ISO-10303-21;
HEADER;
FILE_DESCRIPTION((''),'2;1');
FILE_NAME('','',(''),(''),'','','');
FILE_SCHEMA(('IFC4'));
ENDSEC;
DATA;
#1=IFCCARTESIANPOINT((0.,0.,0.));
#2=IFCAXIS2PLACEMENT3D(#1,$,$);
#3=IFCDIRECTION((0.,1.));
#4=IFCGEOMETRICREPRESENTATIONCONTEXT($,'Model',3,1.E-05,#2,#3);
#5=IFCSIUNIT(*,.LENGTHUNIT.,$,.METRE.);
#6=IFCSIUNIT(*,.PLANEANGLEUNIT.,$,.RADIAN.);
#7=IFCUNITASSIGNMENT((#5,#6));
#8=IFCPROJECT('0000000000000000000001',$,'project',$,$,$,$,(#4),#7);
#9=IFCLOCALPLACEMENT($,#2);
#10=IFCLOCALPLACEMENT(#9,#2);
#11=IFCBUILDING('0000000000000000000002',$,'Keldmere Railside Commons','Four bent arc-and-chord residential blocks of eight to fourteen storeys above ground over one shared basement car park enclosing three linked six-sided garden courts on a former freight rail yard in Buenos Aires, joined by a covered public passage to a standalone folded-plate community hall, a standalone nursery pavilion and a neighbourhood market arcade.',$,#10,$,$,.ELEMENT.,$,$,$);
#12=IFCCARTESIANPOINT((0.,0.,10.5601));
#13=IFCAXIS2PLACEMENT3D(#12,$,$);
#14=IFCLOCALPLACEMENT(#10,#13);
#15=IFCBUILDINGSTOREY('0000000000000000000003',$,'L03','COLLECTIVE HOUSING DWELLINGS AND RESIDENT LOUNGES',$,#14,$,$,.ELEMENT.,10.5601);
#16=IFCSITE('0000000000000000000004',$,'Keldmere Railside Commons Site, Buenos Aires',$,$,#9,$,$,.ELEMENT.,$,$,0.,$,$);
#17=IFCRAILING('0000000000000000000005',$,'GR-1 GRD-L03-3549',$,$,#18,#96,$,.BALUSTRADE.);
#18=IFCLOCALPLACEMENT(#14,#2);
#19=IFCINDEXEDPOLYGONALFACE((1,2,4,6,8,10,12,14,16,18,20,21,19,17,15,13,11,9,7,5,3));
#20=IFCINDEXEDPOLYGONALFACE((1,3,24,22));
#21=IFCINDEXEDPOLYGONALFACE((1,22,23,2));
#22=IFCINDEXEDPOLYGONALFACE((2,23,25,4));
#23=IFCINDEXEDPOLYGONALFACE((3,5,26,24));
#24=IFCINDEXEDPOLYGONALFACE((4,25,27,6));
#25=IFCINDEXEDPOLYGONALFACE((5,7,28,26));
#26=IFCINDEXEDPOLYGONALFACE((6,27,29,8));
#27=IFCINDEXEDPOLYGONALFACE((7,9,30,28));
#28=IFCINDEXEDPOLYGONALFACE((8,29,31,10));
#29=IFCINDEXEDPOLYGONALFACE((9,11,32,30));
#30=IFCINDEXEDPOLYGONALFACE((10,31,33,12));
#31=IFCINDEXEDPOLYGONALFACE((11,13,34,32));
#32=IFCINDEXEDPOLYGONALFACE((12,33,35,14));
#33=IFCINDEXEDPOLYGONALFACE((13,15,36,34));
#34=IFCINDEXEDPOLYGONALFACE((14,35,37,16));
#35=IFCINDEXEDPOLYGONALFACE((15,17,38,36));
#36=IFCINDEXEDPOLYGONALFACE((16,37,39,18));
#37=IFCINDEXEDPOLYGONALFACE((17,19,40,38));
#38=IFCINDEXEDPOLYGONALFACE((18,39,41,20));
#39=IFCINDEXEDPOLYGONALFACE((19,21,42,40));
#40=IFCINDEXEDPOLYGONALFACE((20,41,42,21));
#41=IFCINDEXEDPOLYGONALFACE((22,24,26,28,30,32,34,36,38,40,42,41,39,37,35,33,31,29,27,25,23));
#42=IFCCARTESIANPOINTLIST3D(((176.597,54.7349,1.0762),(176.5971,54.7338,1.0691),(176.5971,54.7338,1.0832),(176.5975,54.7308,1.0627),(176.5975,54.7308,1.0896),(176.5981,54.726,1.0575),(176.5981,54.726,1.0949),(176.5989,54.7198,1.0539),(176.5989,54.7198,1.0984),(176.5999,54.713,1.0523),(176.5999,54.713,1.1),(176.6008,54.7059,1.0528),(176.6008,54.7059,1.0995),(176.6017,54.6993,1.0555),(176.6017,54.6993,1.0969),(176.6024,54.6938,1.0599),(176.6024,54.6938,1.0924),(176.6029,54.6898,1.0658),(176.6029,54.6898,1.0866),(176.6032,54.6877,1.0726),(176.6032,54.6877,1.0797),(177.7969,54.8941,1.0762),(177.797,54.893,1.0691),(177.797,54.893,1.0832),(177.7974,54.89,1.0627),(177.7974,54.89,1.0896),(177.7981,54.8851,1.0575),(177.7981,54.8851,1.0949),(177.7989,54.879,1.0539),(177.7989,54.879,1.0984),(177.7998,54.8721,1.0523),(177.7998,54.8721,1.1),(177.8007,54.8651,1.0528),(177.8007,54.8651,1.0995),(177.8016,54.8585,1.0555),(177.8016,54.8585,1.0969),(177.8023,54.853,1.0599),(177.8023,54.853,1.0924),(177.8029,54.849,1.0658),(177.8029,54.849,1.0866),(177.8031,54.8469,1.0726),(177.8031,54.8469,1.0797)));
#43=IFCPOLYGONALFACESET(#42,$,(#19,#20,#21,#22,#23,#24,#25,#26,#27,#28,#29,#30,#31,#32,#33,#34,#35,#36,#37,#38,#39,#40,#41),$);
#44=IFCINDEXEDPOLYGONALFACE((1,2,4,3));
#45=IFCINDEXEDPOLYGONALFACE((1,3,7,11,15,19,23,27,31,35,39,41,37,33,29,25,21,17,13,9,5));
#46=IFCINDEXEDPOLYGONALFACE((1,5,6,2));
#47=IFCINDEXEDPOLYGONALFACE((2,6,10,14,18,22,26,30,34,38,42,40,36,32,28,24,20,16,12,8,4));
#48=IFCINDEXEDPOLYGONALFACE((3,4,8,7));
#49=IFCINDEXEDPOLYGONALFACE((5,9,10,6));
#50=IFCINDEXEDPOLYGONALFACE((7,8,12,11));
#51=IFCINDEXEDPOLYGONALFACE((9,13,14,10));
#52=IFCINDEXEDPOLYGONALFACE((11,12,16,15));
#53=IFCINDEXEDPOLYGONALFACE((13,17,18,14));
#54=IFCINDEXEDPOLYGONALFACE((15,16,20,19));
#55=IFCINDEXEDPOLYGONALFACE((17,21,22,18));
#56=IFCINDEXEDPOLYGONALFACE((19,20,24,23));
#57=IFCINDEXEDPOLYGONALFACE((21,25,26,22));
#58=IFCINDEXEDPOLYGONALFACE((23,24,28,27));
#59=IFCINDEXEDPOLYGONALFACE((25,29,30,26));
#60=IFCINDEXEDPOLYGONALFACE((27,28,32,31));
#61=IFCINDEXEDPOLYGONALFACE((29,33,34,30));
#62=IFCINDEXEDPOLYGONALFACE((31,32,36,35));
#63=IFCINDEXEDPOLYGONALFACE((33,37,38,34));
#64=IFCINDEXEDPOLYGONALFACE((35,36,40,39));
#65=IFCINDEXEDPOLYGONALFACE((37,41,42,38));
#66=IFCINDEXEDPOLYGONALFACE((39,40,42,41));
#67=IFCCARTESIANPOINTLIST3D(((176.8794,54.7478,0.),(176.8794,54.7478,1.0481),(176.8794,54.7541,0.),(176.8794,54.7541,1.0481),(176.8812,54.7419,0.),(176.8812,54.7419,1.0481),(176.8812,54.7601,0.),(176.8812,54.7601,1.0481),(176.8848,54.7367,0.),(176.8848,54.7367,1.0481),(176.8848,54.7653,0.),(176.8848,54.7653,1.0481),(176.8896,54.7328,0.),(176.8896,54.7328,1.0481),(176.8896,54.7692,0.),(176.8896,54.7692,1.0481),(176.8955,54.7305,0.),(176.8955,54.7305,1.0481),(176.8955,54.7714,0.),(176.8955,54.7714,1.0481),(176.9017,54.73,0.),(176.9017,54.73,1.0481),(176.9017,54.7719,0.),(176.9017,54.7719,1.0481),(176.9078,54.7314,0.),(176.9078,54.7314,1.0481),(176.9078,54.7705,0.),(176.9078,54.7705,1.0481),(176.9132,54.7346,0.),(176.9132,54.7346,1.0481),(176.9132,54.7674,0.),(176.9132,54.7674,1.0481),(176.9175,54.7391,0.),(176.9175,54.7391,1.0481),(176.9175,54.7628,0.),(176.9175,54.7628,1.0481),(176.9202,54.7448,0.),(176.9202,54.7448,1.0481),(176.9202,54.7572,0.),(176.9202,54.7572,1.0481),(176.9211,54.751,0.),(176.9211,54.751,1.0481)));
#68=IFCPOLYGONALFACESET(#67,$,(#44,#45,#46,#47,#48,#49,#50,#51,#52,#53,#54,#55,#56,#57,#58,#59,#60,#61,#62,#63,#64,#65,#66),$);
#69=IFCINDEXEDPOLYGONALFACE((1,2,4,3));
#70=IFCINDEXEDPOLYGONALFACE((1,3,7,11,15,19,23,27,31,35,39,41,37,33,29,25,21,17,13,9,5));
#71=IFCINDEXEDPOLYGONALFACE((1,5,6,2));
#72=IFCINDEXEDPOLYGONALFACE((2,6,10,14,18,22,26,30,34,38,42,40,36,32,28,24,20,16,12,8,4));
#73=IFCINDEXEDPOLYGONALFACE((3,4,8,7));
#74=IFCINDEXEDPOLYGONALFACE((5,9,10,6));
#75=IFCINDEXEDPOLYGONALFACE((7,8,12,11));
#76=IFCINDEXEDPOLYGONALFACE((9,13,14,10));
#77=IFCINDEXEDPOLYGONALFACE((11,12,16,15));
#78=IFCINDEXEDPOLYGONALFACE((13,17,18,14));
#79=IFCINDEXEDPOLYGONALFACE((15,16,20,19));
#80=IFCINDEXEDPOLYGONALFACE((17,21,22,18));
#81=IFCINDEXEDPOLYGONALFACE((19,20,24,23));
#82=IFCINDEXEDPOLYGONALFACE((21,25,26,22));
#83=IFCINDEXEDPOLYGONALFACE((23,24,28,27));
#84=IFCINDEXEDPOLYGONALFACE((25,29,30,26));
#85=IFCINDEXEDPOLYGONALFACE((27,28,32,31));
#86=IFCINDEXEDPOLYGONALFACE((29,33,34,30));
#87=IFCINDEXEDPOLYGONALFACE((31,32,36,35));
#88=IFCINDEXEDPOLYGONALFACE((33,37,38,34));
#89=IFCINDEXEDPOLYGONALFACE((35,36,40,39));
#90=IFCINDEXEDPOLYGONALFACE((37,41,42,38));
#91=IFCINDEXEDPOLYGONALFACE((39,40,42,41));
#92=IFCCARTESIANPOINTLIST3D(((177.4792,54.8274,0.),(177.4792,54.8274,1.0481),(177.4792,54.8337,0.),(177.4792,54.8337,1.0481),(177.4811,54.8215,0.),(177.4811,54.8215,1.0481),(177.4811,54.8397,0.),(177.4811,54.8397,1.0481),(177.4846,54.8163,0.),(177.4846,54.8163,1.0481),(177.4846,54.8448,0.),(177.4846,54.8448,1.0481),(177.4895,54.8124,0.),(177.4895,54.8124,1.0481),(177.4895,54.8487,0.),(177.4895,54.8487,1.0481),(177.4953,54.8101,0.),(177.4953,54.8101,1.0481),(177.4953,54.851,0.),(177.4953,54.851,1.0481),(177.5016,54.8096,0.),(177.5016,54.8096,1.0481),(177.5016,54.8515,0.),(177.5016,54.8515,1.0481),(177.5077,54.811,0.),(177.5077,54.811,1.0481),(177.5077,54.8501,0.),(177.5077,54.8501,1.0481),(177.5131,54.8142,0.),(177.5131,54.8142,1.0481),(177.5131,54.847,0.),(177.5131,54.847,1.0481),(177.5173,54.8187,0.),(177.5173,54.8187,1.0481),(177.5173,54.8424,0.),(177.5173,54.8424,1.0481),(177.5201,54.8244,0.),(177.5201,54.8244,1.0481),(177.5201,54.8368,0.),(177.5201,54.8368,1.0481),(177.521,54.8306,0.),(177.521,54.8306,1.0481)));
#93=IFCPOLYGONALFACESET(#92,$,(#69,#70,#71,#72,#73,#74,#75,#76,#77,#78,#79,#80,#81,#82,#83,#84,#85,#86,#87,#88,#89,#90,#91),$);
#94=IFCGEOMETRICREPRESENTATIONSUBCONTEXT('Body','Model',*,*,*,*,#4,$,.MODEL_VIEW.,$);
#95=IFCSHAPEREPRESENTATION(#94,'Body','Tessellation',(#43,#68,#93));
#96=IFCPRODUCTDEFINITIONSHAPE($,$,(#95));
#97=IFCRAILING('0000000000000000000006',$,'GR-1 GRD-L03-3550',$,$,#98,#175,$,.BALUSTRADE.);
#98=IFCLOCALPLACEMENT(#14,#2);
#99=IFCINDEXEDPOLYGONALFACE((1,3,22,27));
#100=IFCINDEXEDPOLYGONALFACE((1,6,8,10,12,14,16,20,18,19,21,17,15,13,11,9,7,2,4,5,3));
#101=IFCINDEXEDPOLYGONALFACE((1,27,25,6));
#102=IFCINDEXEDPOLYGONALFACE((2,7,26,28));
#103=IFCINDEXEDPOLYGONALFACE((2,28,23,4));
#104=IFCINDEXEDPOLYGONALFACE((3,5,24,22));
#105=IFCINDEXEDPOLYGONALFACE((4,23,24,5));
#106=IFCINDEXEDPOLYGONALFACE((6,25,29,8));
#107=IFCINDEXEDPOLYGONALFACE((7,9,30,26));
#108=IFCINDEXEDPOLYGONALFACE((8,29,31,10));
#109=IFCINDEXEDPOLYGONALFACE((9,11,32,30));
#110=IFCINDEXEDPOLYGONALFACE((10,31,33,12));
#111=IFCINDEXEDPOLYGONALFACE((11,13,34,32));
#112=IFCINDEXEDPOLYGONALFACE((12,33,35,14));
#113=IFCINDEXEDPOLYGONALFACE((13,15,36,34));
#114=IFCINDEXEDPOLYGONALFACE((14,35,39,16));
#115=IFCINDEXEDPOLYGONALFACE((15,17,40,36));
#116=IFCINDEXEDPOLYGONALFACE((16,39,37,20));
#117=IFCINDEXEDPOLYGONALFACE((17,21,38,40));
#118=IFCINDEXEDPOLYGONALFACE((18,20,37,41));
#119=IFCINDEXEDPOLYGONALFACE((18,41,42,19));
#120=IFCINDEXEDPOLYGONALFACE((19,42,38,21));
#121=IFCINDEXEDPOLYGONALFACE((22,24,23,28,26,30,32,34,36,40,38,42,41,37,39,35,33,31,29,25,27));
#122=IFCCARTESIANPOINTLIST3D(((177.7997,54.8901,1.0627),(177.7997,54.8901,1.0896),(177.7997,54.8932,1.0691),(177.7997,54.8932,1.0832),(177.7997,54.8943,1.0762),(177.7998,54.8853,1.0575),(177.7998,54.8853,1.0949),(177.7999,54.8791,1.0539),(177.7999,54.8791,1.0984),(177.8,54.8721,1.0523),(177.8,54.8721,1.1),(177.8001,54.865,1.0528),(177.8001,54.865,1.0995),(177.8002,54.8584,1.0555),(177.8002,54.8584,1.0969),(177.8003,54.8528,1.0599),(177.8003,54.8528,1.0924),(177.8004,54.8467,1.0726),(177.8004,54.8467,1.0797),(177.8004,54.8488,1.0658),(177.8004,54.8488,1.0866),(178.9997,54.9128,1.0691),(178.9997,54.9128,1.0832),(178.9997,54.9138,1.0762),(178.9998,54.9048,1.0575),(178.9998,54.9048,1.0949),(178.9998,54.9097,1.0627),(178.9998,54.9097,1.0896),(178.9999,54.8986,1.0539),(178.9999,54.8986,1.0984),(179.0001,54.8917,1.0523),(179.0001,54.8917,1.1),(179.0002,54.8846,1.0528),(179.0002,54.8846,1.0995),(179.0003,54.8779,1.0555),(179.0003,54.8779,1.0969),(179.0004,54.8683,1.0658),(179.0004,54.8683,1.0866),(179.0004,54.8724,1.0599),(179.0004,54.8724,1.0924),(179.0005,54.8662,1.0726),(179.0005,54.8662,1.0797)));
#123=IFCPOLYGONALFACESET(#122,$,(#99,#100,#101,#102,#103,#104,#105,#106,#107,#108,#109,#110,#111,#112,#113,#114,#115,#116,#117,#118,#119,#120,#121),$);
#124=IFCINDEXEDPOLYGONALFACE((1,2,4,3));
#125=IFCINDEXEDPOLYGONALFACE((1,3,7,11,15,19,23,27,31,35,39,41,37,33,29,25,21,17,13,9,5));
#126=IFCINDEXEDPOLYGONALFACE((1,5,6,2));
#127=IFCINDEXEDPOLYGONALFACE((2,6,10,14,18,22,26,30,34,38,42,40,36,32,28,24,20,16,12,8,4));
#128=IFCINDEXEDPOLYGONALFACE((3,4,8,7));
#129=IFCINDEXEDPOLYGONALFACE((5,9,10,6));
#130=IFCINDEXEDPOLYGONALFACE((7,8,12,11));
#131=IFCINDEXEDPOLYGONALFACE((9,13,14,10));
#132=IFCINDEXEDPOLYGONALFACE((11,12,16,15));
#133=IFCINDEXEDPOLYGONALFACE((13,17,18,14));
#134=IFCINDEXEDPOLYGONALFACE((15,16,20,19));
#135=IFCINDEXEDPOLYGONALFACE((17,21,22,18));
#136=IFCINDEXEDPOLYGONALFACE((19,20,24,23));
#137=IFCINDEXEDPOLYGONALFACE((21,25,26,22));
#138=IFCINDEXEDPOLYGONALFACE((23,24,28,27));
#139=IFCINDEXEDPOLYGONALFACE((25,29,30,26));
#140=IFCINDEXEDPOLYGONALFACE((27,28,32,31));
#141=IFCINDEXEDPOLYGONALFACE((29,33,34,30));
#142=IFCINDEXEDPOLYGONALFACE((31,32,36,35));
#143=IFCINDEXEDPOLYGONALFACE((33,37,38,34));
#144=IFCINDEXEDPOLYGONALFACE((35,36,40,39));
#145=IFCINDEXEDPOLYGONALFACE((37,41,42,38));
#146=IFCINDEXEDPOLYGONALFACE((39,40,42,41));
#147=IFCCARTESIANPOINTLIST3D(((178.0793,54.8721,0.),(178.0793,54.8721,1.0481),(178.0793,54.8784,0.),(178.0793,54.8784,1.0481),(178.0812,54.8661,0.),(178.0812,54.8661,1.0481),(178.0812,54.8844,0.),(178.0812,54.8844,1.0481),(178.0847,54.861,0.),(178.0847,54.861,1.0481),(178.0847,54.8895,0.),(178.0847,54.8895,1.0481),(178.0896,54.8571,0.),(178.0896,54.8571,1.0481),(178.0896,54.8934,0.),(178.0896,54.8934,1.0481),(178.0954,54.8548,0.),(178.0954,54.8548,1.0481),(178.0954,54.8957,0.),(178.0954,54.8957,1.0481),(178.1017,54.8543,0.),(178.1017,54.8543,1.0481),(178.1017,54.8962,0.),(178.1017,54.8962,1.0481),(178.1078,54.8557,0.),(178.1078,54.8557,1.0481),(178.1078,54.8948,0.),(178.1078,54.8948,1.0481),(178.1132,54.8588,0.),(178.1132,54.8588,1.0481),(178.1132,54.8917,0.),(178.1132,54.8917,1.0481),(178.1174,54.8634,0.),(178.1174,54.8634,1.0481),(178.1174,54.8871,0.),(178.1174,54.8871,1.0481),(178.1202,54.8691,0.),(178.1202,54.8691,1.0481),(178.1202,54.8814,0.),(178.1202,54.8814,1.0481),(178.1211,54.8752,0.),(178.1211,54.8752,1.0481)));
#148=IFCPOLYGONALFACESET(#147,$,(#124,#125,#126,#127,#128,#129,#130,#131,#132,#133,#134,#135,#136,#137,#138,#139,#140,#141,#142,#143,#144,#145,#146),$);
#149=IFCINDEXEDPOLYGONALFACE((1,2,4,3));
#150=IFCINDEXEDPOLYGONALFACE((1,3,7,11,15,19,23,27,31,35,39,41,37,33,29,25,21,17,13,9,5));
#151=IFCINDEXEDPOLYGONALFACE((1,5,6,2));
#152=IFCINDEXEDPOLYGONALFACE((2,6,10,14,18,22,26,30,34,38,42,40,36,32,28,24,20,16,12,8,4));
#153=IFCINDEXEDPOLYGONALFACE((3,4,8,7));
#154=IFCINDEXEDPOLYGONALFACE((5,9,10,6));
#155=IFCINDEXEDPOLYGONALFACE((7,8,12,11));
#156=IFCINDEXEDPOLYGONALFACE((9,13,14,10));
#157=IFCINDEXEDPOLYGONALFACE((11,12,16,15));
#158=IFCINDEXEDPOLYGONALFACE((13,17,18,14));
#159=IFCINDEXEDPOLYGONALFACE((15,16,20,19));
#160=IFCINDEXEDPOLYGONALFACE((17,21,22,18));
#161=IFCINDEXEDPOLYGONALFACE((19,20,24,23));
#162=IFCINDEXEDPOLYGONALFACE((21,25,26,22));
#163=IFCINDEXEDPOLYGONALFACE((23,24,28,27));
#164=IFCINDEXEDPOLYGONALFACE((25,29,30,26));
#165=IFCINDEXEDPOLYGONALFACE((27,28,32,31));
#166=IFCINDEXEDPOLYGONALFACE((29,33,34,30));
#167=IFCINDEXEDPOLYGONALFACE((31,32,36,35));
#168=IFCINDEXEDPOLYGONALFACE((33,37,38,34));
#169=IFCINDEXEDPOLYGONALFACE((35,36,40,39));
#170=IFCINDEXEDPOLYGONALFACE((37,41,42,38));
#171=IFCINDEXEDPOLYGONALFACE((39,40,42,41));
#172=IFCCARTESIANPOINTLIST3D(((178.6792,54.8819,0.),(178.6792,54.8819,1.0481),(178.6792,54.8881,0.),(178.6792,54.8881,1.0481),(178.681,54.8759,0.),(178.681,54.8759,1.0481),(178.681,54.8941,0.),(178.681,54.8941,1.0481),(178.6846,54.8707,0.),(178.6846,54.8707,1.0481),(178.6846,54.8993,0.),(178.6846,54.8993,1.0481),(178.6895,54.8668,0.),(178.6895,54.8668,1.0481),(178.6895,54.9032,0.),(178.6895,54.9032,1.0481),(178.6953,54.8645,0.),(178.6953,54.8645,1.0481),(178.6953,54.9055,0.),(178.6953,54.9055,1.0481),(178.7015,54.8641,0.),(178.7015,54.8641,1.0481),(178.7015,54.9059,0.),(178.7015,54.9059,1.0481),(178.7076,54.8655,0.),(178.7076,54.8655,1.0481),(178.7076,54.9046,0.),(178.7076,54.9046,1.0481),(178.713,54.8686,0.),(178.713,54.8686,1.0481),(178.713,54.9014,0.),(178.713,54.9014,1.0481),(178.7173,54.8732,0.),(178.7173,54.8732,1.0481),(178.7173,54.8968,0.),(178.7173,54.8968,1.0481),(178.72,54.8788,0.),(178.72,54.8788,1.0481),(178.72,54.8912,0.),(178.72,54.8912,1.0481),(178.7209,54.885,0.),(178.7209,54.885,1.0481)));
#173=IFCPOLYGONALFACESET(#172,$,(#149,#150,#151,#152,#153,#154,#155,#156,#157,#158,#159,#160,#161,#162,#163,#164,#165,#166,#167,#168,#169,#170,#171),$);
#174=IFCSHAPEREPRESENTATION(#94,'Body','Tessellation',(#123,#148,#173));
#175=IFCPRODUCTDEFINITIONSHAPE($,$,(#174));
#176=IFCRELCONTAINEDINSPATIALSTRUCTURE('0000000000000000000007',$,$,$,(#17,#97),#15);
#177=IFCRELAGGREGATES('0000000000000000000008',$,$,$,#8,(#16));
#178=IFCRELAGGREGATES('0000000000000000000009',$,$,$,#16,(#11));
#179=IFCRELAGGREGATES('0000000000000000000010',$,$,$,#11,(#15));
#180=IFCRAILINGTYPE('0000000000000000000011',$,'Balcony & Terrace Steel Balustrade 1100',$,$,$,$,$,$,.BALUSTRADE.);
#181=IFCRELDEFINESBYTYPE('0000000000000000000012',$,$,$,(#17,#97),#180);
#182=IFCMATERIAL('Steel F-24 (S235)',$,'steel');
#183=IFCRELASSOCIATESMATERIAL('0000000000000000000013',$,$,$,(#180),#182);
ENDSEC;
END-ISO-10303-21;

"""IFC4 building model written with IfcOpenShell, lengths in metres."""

from ifc_helpers import new_model, si_unit, direction, frame, origin, origin_2d, place, context, subcontext, project, spatial, circle, extrude, material, type_object, element, save


model = new_model("IFC4")

# Units and contexts
model_context = context("Model", 3, precision=1e-05, world=origin(), true_north=direction((0.0, 1.0)))
body_context = subcontext(model_context, "Body", "Model", "MODEL_VIEW")
ifc_project = project(units=[si_unit("LENGTHUNIT", "METRE"), si_unit("PLANEANGLEUNIT", "RADIAN")], contexts=[model_context])

# Site, building, storey
site_placement = place(None, origin())
site = spatial("IfcSite", under=ifc_project, at=site_placement, Name="Keldmere Railside Commons Site, Buenos Aires", CompositionType="ELEMENT", RefElevation=0.0)
building_placement = place(site_placement, origin())
building = spatial("IfcBuilding", under=site, at=building_placement, Name="Keldmere Railside Commons", Description="Four bent arc-and-chord residential blocks of eight to fourteen storeys above ground over one shared basement car park enclosing three linked six-sided garden courts on a former freight rail yard in Buenos Aires, joined by a covered public passage to a standalone folded-plate community hall, a standalone nursery pavilion and a neighbourhood market arcade.", CompositionType="ELEMENT")
storey_placement = place(building_placement, frame((0.0, 0.0, 10.5601)))
storey = spatial("IfcBuildingStorey", under=building, at=storey_placement, Name="L03", Description="COLLECTIVE HOUSING DWELLINGS AND RESIDENT LOUNGES", CompositionType="ELEMENT", Elevation=10.5601)

# Shared definitions
ifc_material_1 = material(Name="Steel F-24 (S235)", Category="steel")

# Railings
railing_type = type_object("IfcRailingType", Name="Balcony & Terrace Steel Balustrade 1100", PredefinedType="BALUSTRADE", material=ifc_material_1)
railing_1_placement = place(storey_placement, frame((176.6001, 54.7112, 0.0)))
element("IfcRailing", 1, at=railing_1_placement, inside=storey, type_object=railing_type, Name="GR-1 GRD-L03-3549", PredefinedType="BALUSTRADE", context=body_context, shape_type="SweptSolid", body=[
    extrude(circle(Radius=0.0239, at=origin_2d()), frame((0.0, 0.0, 1.0762), z_axis=(0.991316, 0.131503, 0.0), x_axis=(-0.131503, 0.991316, 0.0)), (0.0, 0.0, 1.0), 1.2104),
    extrude(circle(Radius=0.021, at=origin_2d()), frame((0.3, 0.0398, 0.0)), (0.0, 0.0, 1.0), 1.0481),
    extrude(circle(Radius=0.021, at=origin_2d()), frame((0.8999, 0.1194, 0.0)), (0.0, 0.0, 1.0), 1.0481),
])
railing_2_placement = place(storey_placement, frame((177.8, 54.8704, 0.0)))
element("IfcRailing", 2, at=railing_2_placement, inside=storey, type_object=railing_type, Name="GR-1 GRD-L03-3550", PredefinedType="BALUSTRADE", context=body_context, shape_type="SweptSolid", body=[
    extrude(circle(Radius=0.0239, at=origin_2d()), frame((0.0, 0.0, 1.0762), z_axis=(0.999868, 0.016275, 0.0), x_axis=(-0.016275, 0.999868, 0.0)), (0.0, 0.0, 1.0), 1.2002),
    extrude(circle(Radius=0.021, at=origin_2d()), frame((0.3, 0.0049, 0.0)), (0.0, 0.0, 1.0), 1.0481),
    extrude(circle(Radius=0.021, at=origin_2d()), frame((0.8999, 0.0146, 0.0)), (0.0, 0.0, 1.0), 1.0481),
])

save(model, "model.ifc")
